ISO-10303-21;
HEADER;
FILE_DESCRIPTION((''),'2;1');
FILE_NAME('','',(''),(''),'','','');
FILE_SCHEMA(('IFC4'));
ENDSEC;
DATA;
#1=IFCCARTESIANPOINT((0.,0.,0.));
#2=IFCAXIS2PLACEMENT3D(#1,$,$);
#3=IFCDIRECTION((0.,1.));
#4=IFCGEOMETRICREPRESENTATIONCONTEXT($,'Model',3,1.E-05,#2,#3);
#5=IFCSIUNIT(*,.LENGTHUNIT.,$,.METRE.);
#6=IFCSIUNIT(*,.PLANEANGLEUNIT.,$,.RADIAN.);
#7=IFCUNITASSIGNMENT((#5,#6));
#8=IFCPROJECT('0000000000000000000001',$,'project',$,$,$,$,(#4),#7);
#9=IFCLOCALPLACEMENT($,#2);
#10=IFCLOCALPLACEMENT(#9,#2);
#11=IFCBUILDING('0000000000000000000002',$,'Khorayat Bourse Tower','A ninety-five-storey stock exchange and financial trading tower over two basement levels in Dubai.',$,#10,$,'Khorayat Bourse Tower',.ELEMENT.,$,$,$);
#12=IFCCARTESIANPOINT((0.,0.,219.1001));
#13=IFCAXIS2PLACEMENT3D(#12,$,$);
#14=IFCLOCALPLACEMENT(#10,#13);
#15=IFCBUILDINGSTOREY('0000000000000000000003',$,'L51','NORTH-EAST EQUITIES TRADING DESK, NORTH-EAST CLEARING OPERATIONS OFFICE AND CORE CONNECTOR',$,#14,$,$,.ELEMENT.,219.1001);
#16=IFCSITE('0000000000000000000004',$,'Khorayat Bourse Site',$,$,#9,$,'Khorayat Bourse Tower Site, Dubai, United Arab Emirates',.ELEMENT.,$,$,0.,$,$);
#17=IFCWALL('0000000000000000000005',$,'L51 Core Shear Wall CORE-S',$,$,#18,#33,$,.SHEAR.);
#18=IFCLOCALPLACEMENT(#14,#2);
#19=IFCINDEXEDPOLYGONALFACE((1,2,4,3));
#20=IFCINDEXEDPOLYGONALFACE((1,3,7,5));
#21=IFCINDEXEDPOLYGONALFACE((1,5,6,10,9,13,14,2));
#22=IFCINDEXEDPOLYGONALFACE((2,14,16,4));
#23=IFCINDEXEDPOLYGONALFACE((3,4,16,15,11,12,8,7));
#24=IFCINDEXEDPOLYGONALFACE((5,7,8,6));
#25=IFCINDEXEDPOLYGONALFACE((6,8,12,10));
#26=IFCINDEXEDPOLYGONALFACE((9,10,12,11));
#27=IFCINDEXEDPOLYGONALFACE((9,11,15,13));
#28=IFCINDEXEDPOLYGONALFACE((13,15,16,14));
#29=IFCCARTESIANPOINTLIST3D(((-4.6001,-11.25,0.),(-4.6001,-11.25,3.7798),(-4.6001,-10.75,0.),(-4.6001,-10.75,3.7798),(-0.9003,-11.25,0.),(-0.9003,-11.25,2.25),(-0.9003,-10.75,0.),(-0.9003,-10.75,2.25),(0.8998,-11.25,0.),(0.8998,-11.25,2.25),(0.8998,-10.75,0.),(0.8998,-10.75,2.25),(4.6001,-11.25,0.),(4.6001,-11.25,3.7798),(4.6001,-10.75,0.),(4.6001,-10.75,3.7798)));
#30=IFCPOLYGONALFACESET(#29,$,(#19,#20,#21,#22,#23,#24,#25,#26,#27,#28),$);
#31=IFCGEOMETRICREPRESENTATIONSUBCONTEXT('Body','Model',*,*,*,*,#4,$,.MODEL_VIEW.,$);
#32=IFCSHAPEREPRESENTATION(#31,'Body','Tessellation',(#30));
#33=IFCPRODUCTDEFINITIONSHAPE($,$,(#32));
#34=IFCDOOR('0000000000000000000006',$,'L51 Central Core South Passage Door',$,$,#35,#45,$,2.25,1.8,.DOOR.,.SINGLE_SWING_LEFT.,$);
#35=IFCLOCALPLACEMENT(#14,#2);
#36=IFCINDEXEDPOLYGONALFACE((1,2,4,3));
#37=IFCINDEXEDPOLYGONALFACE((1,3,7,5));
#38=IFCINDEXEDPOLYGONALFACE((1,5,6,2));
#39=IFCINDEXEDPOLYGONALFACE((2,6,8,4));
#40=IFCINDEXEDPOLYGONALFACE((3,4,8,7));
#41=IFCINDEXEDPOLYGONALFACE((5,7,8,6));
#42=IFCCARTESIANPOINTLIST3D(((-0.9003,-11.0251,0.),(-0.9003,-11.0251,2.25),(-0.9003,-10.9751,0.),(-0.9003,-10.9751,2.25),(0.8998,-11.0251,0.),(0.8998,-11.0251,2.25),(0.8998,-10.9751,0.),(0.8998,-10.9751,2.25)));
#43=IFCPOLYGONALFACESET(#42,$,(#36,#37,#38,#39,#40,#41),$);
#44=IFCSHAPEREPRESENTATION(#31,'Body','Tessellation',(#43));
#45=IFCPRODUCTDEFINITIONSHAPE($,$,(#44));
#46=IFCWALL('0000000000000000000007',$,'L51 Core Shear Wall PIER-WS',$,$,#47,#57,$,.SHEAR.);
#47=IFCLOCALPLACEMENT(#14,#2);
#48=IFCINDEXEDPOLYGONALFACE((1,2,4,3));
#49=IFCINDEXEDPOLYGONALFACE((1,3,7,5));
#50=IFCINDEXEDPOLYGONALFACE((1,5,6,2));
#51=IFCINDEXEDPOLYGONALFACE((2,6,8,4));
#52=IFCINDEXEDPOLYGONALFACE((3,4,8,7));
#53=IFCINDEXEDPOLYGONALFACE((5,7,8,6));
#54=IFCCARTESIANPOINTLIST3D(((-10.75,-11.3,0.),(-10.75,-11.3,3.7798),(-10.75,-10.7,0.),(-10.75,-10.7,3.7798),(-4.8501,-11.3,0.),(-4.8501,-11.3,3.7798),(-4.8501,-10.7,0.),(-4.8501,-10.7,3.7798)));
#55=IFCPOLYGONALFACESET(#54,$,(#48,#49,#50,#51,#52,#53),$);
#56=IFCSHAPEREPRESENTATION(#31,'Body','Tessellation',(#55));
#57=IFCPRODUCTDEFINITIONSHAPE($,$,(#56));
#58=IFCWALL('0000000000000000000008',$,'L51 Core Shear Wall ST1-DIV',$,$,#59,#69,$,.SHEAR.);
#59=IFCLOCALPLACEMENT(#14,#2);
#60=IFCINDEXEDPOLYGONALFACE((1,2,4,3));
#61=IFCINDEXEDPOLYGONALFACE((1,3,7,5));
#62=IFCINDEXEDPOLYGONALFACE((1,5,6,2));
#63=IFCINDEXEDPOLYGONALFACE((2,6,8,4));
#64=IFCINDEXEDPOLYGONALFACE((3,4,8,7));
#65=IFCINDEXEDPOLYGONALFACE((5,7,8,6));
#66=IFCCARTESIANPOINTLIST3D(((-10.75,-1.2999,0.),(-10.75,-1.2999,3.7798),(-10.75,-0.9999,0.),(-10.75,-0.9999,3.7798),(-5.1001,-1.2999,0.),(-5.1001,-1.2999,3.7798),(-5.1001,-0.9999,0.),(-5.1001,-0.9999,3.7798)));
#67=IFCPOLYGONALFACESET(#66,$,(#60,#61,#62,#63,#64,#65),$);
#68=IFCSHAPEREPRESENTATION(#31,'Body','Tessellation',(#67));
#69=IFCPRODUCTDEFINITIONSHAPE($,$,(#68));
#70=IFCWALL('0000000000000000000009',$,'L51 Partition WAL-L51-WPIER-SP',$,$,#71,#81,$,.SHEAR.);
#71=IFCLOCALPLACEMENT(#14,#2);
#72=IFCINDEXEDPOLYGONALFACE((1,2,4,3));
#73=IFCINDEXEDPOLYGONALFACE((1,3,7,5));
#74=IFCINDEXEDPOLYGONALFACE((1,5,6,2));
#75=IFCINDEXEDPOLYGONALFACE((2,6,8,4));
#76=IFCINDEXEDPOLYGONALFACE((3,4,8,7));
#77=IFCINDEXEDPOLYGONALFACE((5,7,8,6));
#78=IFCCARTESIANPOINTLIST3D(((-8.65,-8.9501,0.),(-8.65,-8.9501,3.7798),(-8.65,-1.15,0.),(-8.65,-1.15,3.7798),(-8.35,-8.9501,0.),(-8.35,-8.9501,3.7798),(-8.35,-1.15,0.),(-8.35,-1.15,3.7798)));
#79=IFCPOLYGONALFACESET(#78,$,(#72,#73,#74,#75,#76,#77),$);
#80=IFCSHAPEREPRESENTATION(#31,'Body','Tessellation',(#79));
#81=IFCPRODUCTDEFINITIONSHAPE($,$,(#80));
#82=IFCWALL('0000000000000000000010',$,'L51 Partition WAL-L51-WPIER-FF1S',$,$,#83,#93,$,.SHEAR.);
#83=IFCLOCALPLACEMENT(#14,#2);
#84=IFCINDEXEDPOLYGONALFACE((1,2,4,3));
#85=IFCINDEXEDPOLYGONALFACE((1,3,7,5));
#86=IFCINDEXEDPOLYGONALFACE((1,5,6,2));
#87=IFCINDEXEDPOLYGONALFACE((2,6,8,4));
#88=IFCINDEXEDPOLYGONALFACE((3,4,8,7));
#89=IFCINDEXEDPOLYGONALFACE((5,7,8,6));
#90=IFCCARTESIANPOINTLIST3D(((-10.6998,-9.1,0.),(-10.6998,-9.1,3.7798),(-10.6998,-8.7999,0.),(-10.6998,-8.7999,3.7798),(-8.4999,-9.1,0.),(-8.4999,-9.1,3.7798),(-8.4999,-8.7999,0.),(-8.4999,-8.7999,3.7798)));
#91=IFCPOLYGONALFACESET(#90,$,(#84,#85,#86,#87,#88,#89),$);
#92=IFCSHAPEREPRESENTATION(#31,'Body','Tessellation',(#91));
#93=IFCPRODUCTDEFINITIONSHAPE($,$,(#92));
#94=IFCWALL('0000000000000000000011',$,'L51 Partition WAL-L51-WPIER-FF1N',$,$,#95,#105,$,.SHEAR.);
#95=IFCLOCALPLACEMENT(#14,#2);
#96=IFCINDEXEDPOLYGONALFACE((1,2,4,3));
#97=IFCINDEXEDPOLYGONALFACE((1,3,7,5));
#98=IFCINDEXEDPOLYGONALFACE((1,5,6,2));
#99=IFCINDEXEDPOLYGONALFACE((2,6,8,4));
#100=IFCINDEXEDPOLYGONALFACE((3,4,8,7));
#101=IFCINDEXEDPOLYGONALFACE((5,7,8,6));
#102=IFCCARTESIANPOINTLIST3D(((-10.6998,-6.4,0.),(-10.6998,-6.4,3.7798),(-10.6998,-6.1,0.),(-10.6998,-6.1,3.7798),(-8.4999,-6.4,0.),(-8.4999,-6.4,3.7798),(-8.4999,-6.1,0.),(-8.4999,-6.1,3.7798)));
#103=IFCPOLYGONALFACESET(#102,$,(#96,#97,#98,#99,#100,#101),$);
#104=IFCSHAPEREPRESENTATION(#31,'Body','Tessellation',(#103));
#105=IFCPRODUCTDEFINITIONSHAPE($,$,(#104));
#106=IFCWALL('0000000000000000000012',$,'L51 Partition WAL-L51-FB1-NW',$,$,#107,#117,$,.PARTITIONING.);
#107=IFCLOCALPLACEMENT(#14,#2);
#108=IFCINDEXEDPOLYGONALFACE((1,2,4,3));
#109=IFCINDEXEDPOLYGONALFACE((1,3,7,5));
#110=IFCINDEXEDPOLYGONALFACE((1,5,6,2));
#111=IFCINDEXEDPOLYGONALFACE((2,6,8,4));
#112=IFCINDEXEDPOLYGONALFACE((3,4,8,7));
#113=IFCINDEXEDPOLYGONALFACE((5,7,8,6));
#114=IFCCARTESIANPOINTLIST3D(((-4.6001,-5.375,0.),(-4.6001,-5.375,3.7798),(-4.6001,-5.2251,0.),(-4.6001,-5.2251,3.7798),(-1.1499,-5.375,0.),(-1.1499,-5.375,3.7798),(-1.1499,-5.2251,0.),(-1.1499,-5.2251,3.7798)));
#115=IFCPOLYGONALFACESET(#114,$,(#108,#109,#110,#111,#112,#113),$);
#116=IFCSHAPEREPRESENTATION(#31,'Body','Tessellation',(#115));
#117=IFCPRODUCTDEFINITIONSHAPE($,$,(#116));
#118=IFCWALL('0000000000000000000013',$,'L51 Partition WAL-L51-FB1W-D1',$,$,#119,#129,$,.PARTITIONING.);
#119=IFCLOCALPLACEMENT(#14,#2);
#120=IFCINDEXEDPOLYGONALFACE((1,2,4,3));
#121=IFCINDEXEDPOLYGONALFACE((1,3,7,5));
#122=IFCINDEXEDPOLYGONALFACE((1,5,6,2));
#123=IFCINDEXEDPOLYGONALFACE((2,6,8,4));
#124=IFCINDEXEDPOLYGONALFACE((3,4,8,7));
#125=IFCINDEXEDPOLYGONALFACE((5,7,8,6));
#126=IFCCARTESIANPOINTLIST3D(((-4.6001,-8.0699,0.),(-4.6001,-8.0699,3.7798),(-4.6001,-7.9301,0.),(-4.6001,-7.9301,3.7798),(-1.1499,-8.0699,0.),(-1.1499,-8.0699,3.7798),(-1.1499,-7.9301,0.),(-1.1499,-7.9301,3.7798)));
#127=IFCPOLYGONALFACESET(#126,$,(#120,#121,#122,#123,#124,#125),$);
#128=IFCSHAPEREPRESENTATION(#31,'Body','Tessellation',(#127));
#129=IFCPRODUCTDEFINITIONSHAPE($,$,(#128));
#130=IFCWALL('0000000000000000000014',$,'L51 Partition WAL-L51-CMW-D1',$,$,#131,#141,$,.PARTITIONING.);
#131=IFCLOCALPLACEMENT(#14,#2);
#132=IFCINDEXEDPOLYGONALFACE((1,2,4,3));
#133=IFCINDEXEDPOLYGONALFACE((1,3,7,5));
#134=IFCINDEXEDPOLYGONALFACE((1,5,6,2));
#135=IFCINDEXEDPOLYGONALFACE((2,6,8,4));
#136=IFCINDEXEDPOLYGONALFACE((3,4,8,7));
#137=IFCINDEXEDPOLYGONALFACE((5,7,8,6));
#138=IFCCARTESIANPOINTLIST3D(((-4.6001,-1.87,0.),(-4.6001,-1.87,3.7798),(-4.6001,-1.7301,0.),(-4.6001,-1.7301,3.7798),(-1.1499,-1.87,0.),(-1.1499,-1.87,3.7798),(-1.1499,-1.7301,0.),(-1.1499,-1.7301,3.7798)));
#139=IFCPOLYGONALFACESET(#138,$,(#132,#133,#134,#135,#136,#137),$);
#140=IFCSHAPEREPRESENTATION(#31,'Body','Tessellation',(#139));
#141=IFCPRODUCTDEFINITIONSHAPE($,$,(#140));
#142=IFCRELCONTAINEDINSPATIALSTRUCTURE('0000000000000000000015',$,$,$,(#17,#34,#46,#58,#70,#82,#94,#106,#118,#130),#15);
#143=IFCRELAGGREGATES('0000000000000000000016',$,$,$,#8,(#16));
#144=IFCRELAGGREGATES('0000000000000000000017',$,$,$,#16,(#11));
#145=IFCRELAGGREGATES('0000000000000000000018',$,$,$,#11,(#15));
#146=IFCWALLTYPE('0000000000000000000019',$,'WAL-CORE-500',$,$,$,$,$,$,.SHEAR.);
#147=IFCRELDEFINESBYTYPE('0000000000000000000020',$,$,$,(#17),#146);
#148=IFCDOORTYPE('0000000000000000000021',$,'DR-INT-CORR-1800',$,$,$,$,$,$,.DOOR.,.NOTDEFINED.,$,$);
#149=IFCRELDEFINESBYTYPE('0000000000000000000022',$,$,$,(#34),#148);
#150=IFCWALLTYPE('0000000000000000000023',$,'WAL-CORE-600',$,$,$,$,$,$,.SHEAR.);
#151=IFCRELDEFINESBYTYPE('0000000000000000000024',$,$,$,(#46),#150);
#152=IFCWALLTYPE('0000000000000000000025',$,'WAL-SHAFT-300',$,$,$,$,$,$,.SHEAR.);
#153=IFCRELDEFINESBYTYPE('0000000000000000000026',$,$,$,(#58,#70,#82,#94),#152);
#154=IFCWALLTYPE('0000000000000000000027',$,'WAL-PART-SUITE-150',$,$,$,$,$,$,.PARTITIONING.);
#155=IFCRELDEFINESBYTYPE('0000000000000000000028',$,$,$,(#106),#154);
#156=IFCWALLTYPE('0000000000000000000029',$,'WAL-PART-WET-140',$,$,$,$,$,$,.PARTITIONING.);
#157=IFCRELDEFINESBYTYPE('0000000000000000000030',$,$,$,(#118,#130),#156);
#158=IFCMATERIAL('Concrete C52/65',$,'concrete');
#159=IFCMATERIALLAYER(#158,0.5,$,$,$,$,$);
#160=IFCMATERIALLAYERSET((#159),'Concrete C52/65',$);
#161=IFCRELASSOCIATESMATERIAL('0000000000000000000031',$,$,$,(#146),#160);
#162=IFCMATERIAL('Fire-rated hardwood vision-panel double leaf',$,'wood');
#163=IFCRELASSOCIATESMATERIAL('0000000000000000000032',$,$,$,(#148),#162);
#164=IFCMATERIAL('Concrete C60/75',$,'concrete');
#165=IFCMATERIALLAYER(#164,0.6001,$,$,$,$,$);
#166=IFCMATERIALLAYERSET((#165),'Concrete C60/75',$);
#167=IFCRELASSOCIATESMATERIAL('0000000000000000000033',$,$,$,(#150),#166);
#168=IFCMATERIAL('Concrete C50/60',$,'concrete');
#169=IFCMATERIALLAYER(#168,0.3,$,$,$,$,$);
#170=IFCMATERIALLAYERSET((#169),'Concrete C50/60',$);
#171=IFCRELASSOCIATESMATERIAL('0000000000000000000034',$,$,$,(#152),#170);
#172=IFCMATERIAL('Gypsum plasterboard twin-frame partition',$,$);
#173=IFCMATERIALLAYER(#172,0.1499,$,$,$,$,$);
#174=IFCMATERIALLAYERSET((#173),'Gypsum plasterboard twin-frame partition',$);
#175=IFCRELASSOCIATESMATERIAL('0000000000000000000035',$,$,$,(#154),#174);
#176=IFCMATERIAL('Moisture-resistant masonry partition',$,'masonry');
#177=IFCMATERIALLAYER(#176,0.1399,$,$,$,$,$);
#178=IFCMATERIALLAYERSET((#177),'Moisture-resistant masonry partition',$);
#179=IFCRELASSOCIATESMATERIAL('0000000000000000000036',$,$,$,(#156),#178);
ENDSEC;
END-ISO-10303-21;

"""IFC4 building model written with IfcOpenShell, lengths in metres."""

from ifc_helpers import new_model, si_unit, direction, frame, frame_2d, origin, place, context, subcontext, project, spatial, rectangle, extrude, source, transform, mapped, material, layer, layer_set, type_object, element, fill, save


model = new_model("IFC4")

# Units and contexts
model_context = context("Model", 3, precision=1e-05, world=origin(), true_north=direction((0.0, 1.0)))
body_context = subcontext(model_context, "Body", "Model", "MODEL_VIEW")
ifc_project = project(units=[si_unit("LENGTHUNIT", "METRE"), si_unit("PLANEANGLEUNIT", "RADIAN")], contexts=[model_context])

# Site, building, storey
site_placement = place(None, origin())
site = spatial("IfcSite", under=ifc_project, at=site_placement, Name="Khorayat Bourse Site", LongName="Khorayat Bourse Tower Site, Dubai, United Arab Emirates", CompositionType="ELEMENT", RefElevation=0.0)
building_placement = place(site_placement, origin())
building = spatial("IfcBuilding", under=site, at=building_placement, Name="Khorayat Bourse Tower", Description="A ninety-five-storey stock exchange and financial trading tower over two basement levels in Dubai.", LongName="Khorayat Bourse Tower", CompositionType="ELEMENT")
storey_placement = place(building_placement, frame((0.0, 0.0, 219.1001)))
storey = spatial("IfcBuildingStorey", under=building, at=storey_placement, Name="L51", Description="NORTH-EAST EQUITIES TRADING DESK, NORTH-EAST CLEARING OPERATIONS OFFICE AND CORE CONNECTOR", CompositionType="ELEMENT", Elevation=219.1001)

# Shared definitions
ifc_material_1 = material(Name="Concrete C60/75", Category="concrete")

# Shared definitions
ifc_material_2 = material(Name="Concrete C52/65", Category="concrete")
ifc_layer_1 = layer(ifc_material_2, 0.5)
ifc_layer_set_1 = layer_set([ifc_layer_1], Name="Concrete C52/65")
wall_type_1 = type_object("IfcWallType", Name="WAL-CORE-500", PredefinedType="SHEAR", material=ifc_layer_set_1)

# Wall, opening, door
shared_shape_1 = source(origin(), body_context, "Body", "SweptSolid", [
    extrude(rectangle(XDim=9.2002, YDim=0.5, at=frame_2d((4.6001, 0.0))), origin(), (0.0, 0.0, 1.0), 3.7798),
])
wall_1_placement = place(storey_placement, frame((-4.6001, -11.0, 0.0), z_axis=(0.0, 0.0, 1.0), x_axis=(1.0, 0.0, 0.0)))
wall_1 = element("IfcWall", 1, at=wall_1_placement, inside=storey, type_object=wall_type_1, Name="L51 Core Shear Wall CORE-S", PredefinedType="SHEAR", context=body_context, shape_type="MappedRepresentation", body=[
    mapped(shared_shape_1, transform((0.0, 0.0, 0.0), scale=1.0)),
])
shared_shape_2 = source(origin(), body_context, "Body", "SweptSolid", [
    extrude(rectangle(XDim=1.8, YDim=2.25, at=frame_2d((0.8999, 1.125))), frame((0.0, 0.26, 0.0), z_axis=(0.0, -1.0, 0.0), x_axis=(1.0, 0.0, 0.0)), (0.0, 0.0, 1.0), 0.52),
])
opening_placement = place(wall_1_placement, frame((3.7, 0.0, 0.0)))
opening = element("IfcOpeningElement", 2, at=opening_placement, cuts=wall_1, PredefinedType="OPENING", context=body_context, shape_type="MappedRepresentation", body=[
    mapped(shared_shape_2, transform((0.0, 0.0, 0.0), scale=1.0)),
])
ifc_material_3 = material(Name="Fire-rated hardwood vision-panel double leaf", Category="wood")
door_type = type_object("IfcDoorType", Name="DR-INT-CORR-1800", OperationType="NOTDEFINED", PredefinedType="DOOR", material=ifc_material_3)
shared_shape_3 = source(origin(), body_context, "Body", "SweptSolid", [
    extrude(rectangle(XDim=1.8, YDim=2.25, at=frame_2d((0.8999, 1.125))), frame((0.0, 0.0249, 0.0), z_axis=(0.0, -1.0, 0.0), x_axis=(1.0, 0.0, 0.0)), (0.0, 0.0, 1.0), 0.05),
])
door_placement = place(opening_placement, origin())
door = element("IfcDoor", 3, at=door_placement, inside=storey, type_object=door_type, Name="L51 Central Core South Passage Door", OperationType="SINGLE_SWING_LEFT", OverallHeight=2.25, OverallWidth=1.8, PredefinedType="DOOR", context=body_context, shape_type="MappedRepresentation", body=[
    mapped(shared_shape_3, transform((0.0, 0.0, 0.0), scale=1.0)),
])
fill(opening, door)

# Walls
ifc_layer_2 = layer(ifc_material_1, 0.6001)
ifc_layer_set_2 = layer_set([ifc_layer_2], Name="Concrete C60/75")
wall_type_2 = type_object("IfcWallType", Name="WAL-CORE-600", PredefinedType="SHEAR", material=ifc_layer_set_2)
shared_shape_4 = source(origin(), body_context, "Body", "SweptSolid", [
    extrude(rectangle(XDim=5.8999, YDim=0.6001, at=frame_2d((2.95, 0.0))), origin(), (0.0, 0.0, 1.0), 3.7798),
])
wall_2_placement = place(storey_placement, frame((-10.75, -11.0, 0.0), z_axis=(0.0, 0.0, 1.0), x_axis=(1.0, 0.0, 0.0)))
element("IfcWall", 4, at=wall_2_placement, inside=storey, type_object=wall_type_2, Name="L51 Core Shear Wall PIER-WS", PredefinedType="SHEAR", context=body_context, shape_type="MappedRepresentation", body=[
    mapped(shared_shape_4, transform((0.0, 0.0, 0.0), scale=1.0)),
])
ifc_material_4 = material(Name="Concrete C50/60", Category="concrete")
ifc_layer_3 = layer(ifc_material_4, 0.3)
ifc_layer_set_3 = layer_set([ifc_layer_3], Name="Concrete C50/60")
wall_type_3 = type_object("IfcWallType", Name="WAL-SHAFT-300", PredefinedType="SHEAR", material=ifc_layer_set_3)
shared_shape_5 = source(origin(), body_context, "Body", "SweptSolid", [
    extrude(rectangle(XDim=5.6499, YDim=0.3, at=frame_2d((2.825, 0.0))), origin(), (0.0, 0.0, 1.0), 3.7798),
])
wall_3_placement = place(storey_placement, frame((-10.75, -1.1499, 0.0), z_axis=(0.0, 0.0, 1.0), x_axis=(1.0, 0.0, 0.0)))
element("IfcWall", 5, at=wall_3_placement, inside=storey, type_object=wall_type_3, Name="L51 Core Shear Wall ST1-DIV", PredefinedType="SHEAR", context=body_context, shape_type="MappedRepresentation", body=[
    mapped(shared_shape_5, transform((0.0, 0.0, 0.0), scale=1.0)),
])
shared_shape_6 = source(origin(), body_context, "Body", "SweptSolid", [
    extrude(rectangle(XDim=7.8, YDim=0.3, at=frame_2d((3.8999, 0.0))), origin(), (0.0, 0.0, 1.0), 3.7798),
])
wall_4_placement = place(storey_placement, frame((-8.5, -8.95, 0.0), z_axis=(0.0, 0.0, 1.0), x_axis=(0.0, 1.0, 0.0)))
element("IfcWall", 6, at=wall_4_placement, inside=storey, type_object=wall_type_3, Name="L51 Partition WAL-L51-WPIER-SP", PredefinedType="SHEAR", context=body_context, shape_type="MappedRepresentation", body=[
    mapped(shared_shape_6, transform((0.0, 0.0, 0.0), scale=1.0)),
])
shared_shape_7 = source(origin(), body_context, "Body", "SweptSolid", [
    extrude(rectangle(XDim=2.2, YDim=0.3, at=frame_2d((1.1001, 0.0))), origin(), (0.0, 0.0, 1.0), 3.7798),
])
for number, where, z_axis, x_axis, name in (
    (7, (-10.7, -8.95, 0.0), (0.0, 0.0, 1.0), (1.0, 0.0, 0.0), "L51 Partition WAL-L51-WPIER-FF1S"),
    (8, (-10.7, -6.25, 0.0), (0.0, 0.0, 1.0), (1.0, 0.0, 0.0), "L51 Partition WAL-L51-WPIER-FF1N"),
):
    element("IfcWall", number, at=place(storey_placement, frame(where, z_axis=z_axis, x_axis=x_axis)), inside=storey, type_object=wall_type_3, Name=name, PredefinedType="SHEAR", context=body_context, shape_type="MappedRepresentation", body=[
        mapped(shared_shape_7, transform((0.0, 0.0, 0.0), scale=1.0)),
    ])
ifc_material_5 = material(Name="Gypsum plasterboard twin-frame partition")
ifc_layer_4 = layer(ifc_material_5, 0.1499)
ifc_layer_set_4 = layer_set([ifc_layer_4], Name="Gypsum plasterboard twin-frame partition")
wall_type_4 = type_object("IfcWallType", Name="WAL-PART-SUITE-150", PredefinedType="PARTITIONING", material=ifc_layer_set_4)
shared_shape_8 = source(origin(), body_context, "Body", "SweptSolid", [
    extrude(rectangle(XDim=3.4502, YDim=0.1499, at=frame_2d((1.7251, 0.0))), origin(), (0.0, 0.0, 1.0), 3.7798),
])
wall_5_placement = place(storey_placement, frame((-4.6001, -5.3, 0.0), z_axis=(0.0, 0.0, 1.0), x_axis=(1.0, 0.0, 0.0)))
element("IfcWall", 9, at=wall_5_placement, inside=storey, type_object=wall_type_4, Name="L51 Partition WAL-L51-FB1-NW", PredefinedType="PARTITIONING", context=body_context, shape_type="MappedRepresentation", body=[
    mapped(shared_shape_8, transform((0.0, 0.0, 0.0), scale=1.0)),
])
ifc_material_6 = material(Name="Moisture-resistant masonry partition", Category="masonry")
ifc_layer_5 = layer(ifc_material_6, 0.1399)
ifc_layer_set_5 = layer_set([ifc_layer_5], Name="Moisture-resistant masonry partition")
wall_type_5 = type_object("IfcWallType", Name="WAL-PART-WET-140", PredefinedType="PARTITIONING", material=ifc_layer_set_5)
shared_shape_9 = source(origin(), body_context, "Body", "SweptSolid", [
    extrude(rectangle(XDim=3.4502, YDim=0.1399, at=frame_2d((1.7251, 0.0))), origin(), (0.0, 0.0, 1.0), 3.7798),
])
for number, where, z_axis, x_axis, name in (
    (10, (-4.6001, -8.0, 0.0), (0.0, 0.0, 1.0), (1.0, 0.0, 0.0), "L51 Partition WAL-L51-FB1W-D1"),
    (11, (-4.6001, -1.8, 0.0), (0.0, 0.0, 1.0), (1.0, 0.0, 0.0), "L51 Partition WAL-L51-CMW-D1"),
):
    element("IfcWall", number, at=place(storey_placement, frame(where, z_axis=z_axis, x_axis=x_axis)), inside=storey, type_object=wall_type_5, Name=name, PredefinedType="PARTITIONING", context=body_context, shape_type="MappedRepresentation", body=[
        mapped(shared_shape_9, transform((0.0, 0.0, 0.0), scale=1.0)),
    ])

save(model, "model.ifc")
